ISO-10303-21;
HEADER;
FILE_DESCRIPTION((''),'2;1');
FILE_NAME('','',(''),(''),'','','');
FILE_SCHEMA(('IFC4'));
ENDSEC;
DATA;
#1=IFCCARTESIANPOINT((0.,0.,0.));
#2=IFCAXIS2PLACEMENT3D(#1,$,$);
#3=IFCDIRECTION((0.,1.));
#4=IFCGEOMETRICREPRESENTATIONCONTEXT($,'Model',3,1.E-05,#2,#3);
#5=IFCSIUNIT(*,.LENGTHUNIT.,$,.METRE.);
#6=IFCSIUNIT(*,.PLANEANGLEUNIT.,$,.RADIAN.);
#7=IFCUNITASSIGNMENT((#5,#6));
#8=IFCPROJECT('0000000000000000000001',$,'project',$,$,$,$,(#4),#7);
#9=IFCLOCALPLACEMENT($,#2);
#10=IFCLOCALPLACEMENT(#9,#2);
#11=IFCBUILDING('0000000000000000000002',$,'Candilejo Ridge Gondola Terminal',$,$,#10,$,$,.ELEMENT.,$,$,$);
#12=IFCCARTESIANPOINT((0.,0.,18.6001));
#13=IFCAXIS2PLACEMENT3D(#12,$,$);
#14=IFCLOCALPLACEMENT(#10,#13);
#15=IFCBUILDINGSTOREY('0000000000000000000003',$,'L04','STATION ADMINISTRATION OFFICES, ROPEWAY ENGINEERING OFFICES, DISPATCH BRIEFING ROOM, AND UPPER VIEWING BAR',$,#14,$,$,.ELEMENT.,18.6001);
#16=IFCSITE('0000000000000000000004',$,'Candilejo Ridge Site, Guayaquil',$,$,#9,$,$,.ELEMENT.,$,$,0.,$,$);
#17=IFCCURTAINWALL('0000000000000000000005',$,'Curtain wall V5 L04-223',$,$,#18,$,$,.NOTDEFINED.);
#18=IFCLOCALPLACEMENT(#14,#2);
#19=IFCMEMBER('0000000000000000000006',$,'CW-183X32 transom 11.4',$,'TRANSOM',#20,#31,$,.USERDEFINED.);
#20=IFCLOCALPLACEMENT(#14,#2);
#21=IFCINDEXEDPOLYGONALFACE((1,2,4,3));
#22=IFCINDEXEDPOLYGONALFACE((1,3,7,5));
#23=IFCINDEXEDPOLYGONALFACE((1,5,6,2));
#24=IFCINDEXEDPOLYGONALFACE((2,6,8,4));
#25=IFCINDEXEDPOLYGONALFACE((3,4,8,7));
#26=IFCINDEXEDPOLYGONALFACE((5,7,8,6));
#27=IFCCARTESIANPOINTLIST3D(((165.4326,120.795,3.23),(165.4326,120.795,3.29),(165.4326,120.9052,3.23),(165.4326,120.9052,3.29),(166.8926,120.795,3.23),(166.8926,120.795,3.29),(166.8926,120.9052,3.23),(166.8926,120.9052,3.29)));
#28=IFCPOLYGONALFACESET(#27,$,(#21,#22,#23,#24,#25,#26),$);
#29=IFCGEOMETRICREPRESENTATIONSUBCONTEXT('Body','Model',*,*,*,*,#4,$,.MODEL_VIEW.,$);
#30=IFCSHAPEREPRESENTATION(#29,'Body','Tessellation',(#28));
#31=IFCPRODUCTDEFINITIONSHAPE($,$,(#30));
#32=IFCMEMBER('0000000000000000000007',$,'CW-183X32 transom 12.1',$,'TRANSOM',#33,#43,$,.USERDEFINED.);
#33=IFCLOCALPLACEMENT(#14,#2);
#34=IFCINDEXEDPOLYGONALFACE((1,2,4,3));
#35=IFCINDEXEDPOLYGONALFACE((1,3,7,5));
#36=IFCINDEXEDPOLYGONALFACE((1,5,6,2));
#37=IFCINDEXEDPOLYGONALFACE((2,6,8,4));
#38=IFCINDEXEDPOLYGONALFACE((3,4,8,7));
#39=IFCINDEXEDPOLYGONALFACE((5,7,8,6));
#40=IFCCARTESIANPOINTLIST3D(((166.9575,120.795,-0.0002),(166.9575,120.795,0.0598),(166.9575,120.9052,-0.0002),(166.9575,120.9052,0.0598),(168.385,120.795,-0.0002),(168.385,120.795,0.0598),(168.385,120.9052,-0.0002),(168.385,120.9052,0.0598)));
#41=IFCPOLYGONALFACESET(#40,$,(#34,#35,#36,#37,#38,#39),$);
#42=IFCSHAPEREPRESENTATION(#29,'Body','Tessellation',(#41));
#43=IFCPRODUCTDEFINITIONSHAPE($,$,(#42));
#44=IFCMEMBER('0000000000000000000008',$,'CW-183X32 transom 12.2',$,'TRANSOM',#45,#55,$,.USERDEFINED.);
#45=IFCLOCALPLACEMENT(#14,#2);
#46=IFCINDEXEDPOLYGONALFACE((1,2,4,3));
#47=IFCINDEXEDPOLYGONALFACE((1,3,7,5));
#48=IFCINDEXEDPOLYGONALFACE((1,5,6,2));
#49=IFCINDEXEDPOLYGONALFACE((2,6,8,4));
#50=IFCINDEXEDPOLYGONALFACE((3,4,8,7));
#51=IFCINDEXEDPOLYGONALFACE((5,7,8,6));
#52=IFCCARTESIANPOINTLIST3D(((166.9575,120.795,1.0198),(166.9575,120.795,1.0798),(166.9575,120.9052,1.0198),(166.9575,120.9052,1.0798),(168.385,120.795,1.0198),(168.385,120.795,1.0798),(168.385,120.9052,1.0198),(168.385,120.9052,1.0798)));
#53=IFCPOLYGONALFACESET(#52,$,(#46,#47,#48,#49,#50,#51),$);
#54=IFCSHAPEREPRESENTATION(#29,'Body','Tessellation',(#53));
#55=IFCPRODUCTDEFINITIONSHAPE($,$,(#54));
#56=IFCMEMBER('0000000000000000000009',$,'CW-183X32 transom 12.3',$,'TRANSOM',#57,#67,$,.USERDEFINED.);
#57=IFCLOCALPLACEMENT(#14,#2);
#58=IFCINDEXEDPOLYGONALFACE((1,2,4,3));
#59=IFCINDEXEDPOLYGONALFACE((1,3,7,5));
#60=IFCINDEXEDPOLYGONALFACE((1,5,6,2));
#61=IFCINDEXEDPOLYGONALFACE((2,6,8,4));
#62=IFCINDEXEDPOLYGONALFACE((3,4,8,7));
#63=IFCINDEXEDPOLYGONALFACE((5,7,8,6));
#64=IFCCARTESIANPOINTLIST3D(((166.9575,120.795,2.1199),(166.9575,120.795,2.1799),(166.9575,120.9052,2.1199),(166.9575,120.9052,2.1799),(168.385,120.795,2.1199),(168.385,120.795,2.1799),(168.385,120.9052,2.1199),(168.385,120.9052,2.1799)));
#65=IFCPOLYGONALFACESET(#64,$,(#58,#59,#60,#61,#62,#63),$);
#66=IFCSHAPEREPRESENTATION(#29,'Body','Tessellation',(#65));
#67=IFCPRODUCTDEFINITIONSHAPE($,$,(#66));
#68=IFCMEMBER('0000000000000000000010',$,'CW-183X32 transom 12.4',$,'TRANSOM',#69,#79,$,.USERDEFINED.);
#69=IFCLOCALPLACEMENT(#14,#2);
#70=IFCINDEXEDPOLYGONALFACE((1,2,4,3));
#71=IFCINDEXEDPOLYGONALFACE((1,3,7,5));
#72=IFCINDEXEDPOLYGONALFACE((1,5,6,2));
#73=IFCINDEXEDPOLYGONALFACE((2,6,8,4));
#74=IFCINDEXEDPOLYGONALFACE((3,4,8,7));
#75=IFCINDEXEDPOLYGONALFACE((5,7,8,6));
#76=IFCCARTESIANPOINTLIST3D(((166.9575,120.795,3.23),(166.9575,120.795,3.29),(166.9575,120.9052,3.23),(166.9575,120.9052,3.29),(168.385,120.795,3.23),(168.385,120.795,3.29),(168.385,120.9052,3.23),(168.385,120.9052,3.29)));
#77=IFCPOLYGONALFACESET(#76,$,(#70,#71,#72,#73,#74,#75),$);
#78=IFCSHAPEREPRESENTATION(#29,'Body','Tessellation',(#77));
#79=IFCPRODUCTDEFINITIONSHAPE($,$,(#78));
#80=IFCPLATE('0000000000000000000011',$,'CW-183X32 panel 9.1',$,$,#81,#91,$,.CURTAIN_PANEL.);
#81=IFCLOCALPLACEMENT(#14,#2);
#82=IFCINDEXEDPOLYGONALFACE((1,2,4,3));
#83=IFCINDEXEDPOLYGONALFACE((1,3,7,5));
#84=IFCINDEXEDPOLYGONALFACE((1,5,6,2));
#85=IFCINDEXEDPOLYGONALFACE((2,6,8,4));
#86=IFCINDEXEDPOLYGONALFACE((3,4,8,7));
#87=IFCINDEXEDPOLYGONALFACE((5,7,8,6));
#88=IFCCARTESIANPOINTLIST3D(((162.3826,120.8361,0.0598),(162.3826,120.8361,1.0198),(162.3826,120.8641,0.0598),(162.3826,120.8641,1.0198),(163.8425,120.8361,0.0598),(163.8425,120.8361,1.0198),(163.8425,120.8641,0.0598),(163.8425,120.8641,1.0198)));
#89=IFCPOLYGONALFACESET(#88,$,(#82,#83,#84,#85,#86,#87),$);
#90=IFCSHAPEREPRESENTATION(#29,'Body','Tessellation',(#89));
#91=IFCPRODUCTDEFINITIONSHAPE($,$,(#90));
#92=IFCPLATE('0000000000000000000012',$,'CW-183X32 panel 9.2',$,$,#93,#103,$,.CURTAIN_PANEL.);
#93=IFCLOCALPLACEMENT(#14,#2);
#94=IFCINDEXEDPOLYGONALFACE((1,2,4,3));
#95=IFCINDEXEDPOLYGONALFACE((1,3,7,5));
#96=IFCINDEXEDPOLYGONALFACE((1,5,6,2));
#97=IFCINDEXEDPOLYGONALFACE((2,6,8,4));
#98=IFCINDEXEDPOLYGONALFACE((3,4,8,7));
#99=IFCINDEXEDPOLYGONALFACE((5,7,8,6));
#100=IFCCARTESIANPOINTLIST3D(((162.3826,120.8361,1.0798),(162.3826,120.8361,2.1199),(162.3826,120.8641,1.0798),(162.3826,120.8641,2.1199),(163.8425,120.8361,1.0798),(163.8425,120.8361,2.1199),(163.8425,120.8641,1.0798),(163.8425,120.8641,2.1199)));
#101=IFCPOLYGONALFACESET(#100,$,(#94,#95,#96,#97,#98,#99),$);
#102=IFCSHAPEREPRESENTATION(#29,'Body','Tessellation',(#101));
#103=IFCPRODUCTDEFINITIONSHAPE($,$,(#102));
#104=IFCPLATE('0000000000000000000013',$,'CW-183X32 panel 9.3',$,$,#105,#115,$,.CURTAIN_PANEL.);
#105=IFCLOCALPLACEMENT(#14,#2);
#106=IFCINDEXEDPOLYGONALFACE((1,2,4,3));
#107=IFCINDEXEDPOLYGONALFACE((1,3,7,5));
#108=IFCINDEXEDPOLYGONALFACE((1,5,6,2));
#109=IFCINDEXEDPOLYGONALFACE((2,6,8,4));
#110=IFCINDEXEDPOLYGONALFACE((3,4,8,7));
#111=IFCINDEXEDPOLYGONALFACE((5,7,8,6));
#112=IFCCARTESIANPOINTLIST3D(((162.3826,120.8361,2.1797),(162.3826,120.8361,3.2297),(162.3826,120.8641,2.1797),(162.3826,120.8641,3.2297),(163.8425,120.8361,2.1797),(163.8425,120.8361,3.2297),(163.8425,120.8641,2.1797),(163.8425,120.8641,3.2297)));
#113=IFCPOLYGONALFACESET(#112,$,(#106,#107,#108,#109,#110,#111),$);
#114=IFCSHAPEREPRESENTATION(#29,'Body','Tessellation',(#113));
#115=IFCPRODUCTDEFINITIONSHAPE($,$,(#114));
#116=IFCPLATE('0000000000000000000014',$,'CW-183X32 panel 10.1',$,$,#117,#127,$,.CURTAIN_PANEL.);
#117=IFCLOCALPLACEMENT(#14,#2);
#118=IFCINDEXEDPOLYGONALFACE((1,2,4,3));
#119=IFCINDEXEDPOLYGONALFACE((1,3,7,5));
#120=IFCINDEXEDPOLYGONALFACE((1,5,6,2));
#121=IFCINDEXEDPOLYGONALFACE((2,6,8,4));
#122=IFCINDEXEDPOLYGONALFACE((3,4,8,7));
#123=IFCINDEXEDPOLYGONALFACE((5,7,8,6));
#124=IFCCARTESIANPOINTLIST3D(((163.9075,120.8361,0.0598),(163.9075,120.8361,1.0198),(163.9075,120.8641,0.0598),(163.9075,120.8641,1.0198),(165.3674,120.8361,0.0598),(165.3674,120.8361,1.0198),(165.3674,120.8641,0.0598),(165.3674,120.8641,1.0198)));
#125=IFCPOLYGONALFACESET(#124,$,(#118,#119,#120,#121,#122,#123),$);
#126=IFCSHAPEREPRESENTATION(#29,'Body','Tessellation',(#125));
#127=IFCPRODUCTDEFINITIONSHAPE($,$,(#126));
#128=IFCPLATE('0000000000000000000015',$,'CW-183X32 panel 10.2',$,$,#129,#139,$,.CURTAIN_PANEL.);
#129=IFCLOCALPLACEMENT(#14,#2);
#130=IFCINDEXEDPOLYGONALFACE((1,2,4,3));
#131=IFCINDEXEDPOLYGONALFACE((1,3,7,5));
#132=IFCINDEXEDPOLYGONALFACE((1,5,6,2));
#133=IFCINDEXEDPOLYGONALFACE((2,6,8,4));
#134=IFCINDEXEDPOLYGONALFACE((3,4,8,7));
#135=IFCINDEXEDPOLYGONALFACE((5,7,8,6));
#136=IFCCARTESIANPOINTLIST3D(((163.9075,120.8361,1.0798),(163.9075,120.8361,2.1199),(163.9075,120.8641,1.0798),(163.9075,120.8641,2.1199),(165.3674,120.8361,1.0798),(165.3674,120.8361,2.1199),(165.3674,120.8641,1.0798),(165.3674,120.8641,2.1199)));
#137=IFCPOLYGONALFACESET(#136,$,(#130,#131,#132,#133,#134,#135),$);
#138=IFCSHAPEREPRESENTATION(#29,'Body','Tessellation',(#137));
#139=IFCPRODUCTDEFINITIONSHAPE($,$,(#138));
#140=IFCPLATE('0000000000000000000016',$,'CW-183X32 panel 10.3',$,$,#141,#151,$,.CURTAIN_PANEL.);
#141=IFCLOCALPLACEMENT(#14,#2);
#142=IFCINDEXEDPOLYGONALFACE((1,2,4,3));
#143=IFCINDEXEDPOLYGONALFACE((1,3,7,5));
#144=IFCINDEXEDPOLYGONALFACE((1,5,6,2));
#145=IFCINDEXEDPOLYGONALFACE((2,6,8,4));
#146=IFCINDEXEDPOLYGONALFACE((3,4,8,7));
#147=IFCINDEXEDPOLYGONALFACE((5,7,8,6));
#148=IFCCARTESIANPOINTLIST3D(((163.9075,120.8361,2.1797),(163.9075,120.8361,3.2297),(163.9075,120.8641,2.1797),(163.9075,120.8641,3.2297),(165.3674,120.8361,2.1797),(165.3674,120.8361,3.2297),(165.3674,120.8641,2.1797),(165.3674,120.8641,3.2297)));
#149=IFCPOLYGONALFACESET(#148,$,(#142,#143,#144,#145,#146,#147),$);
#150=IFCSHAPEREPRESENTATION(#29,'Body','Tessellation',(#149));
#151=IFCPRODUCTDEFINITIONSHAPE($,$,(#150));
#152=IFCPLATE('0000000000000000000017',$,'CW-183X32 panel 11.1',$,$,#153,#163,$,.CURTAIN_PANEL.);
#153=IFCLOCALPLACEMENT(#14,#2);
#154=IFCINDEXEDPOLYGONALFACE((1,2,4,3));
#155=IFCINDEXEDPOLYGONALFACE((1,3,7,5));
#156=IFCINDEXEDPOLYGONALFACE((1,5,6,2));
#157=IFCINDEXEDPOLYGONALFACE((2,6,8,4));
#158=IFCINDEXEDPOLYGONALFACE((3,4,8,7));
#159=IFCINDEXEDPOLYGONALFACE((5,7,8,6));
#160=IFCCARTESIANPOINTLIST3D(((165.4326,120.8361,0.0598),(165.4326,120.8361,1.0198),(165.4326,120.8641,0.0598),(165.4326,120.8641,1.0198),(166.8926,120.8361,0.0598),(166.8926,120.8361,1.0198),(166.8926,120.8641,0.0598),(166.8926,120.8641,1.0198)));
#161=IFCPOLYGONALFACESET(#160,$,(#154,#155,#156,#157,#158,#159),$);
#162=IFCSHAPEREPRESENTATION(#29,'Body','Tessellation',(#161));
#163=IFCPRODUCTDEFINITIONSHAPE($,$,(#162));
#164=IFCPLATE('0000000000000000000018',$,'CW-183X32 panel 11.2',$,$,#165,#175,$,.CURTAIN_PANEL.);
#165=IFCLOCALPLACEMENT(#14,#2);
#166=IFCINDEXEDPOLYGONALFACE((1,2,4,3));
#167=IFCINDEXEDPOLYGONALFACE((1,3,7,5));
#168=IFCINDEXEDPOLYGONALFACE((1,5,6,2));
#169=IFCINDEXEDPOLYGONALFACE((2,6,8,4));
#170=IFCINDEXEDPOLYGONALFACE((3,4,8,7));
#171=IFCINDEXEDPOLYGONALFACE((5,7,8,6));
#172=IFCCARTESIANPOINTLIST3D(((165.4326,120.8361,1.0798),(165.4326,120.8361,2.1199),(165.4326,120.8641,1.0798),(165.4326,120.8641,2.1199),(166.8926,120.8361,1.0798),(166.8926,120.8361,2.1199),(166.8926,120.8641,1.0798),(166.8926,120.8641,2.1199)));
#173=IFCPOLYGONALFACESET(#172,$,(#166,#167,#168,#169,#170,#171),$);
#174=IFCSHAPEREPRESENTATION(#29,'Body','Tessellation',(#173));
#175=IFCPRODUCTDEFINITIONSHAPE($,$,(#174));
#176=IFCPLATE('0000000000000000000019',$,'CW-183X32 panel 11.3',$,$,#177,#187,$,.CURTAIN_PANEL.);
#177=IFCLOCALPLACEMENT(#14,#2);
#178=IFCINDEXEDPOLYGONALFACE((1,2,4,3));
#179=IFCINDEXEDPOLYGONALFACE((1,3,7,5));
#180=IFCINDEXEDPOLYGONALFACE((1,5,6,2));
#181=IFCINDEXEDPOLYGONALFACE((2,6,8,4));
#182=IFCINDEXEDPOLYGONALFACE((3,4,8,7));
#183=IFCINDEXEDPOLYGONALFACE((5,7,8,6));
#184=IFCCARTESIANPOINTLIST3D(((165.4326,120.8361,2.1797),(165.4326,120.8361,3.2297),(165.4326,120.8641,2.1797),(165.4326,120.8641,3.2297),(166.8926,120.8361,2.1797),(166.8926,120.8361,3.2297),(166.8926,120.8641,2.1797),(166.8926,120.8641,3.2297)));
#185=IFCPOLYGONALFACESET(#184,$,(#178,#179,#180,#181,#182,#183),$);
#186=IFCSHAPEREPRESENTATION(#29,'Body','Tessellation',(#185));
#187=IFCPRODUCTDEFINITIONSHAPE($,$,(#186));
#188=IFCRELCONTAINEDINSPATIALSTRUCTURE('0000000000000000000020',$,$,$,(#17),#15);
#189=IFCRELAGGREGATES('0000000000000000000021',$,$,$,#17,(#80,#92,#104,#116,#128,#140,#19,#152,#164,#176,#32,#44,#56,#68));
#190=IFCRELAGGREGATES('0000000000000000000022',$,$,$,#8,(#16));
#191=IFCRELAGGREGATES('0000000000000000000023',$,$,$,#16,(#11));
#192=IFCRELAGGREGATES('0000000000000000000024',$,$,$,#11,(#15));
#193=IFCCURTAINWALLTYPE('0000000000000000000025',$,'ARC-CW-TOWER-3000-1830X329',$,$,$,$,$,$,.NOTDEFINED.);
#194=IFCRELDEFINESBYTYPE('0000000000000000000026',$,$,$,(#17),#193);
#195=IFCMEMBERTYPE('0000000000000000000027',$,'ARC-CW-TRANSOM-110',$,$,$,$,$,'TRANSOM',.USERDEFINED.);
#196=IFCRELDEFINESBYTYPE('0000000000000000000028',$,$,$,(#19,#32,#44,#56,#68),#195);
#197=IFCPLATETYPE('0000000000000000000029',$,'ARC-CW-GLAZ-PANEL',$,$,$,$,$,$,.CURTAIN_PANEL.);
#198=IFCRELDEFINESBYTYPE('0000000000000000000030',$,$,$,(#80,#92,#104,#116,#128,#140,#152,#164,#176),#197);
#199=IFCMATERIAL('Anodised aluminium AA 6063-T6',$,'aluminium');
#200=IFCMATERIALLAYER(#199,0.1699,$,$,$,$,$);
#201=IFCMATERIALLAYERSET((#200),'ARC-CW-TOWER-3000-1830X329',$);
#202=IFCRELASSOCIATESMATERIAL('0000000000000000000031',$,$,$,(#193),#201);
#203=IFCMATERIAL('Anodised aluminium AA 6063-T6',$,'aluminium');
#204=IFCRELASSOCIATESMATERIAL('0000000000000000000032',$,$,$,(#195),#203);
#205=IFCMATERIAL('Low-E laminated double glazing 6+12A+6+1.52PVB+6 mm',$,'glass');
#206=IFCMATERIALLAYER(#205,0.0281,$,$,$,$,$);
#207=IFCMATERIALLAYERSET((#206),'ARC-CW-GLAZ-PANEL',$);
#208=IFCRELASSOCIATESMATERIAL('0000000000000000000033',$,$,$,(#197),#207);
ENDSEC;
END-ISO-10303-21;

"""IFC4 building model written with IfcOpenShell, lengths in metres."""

from ifc_helpers import new_model, si_unit, direction, frame, origin, origin_2d, place, context, subcontext, project, spatial, rectangle, extrude, material, layer, layer_set, material_profile, profile_set, type_object, element, aggregate, save


model = new_model("IFC4")

# Units and contexts
model_context = context("Model", 3, precision=1e-05, world=origin(), true_north=direction((0.0, 1.0)))
body_context = subcontext(model_context, "Body", "Model", "MODEL_VIEW")
ifc_project = project(units=[si_unit("LENGTHUNIT", "METRE"), si_unit("PLANEANGLEUNIT", "RADIAN")], contexts=[model_context])

# Site, building, storey
site_placement = place(None, origin())
site = spatial("IfcSite", under=ifc_project, at=site_placement, Name="Candilejo Ridge Site, Guayaquil", CompositionType="ELEMENT", RefElevation=0.0)
building_placement = place(site_placement, origin())
building = spatial("IfcBuilding", under=site, at=building_placement, Name="Candilejo Ridge Gondola Terminal", CompositionType="ELEMENT")
storey_placement = place(building_placement, frame((0.0, 0.0, 18.6001)))
storey = spatial("IfcBuildingStorey", under=building, at=storey_placement, Name="L04", Description="STATION ADMINISTRATION OFFICES, ROPEWAY ENGINEERING OFFICES, DISPATCH BRIEFING ROOM, AND UPPER VIEWING BAR", CompositionType="ELEMENT", Elevation=18.6001)

# Curtain wall, members, plates
ifc_material_1 = material(Name="Anodised aluminium AA 6063-T6", Category="aluminium")
ifc_layer_1 = layer(ifc_material_1, 0.1699)
ifc_layer_set_1 = layer_set([ifc_layer_1], Name="ARC-CW-TOWER-3000-1830X329")
curtain_wall_type = type_object("IfcCurtainWallType", Name="ARC-CW-TOWER-3000-1830X329", PredefinedType="NOTDEFINED", material=ifc_layer_set_1)
curtain_wall_placement = place(storey_placement, origin())
curtain_wall = element("IfcCurtainWall", 1, at=curtain_wall_placement, inside=storey, type_object=curtain_wall_type, Name="Curtain wall V5 L04-223", PredefinedType="NOTDEFINED")
ifc_material_2 = material(Name="Anodised aluminium AA 6063-T6", Category="aluminium")
ifc_material_profile_1 = material_profile(ifc_material_2, rectangle(XDim=0.1101, YDim=0.0601, at=origin_2d()))
ifc_profile_set_1 = profile_set([ifc_material_profile_1], Name="Anodised aluminium AA 6063-T6")
member_type_1 = type_object("IfcMemberType", Name="ARC-CW-TRANSOM-110", ElementType="TRANSOM", PredefinedType="USERDEFINED", material=ifc_profile_set_1)
member_1_placement = place(storey_placement, frame((165.4326, 120.8501, 3.26), z_axis=(1.0, 0.0, 0.0), x_axis=(0.0, 1.0, 0.0)))
member_1 = element("IfcMember", 2, at=member_1_placement, type_object=member_type_1, Name="CW-183X32 transom 11.4", ObjectType="TRANSOM", PredefinedType="USERDEFINED", context=body_context, shape_type="SweptSolid", body=[
    extrude(rectangle(XDim=0.1101, YDim=0.0601, at=origin_2d()), origin(), (0.0, 0.0, 1.0), 1.46),
])
member_2_placement = place(storey_placement, frame((166.9575, 120.8501, 0.0298), z_axis=(1.0, 0.0, 0.0), x_axis=(0.0, 1.0, 0.0)))
member_2 = element("IfcMember", 3, at=member_2_placement, type_object=member_type_1, Name="CW-183X32 transom 12.1", ObjectType="TRANSOM", PredefinedType="USERDEFINED", context=body_context, shape_type="SweptSolid", body=[
    extrude(rectangle(XDim=0.1101, YDim=0.0601, at=origin_2d()), origin(), (0.0, 0.0, 1.0), 1.4275),
])
member_3_placement = place(storey_placement, frame((166.9575, 120.8501, 1.0498), z_axis=(1.0, 0.0, 0.0), x_axis=(0.0, 1.0, 0.0)))
member_3 = element("IfcMember", 4, at=member_3_placement, type_object=member_type_1, Name="CW-183X32 transom 12.2", ObjectType="TRANSOM", PredefinedType="USERDEFINED", context=body_context, shape_type="SweptSolid", body=[
    extrude(rectangle(XDim=0.1101, YDim=0.0601, at=origin_2d()), origin(), (0.0, 0.0, 1.0), 1.4275),
])
member_4_placement = place(storey_placement, frame((166.9575, 120.8501, 2.1499), z_axis=(1.0, 0.0, 0.0), x_axis=(0.0, 1.0, 0.0)))
member_4 = element("IfcMember", 5, at=member_4_placement, type_object=member_type_1, Name="CW-183X32 transom 12.3", ObjectType="TRANSOM", PredefinedType="USERDEFINED", context=body_context, shape_type="SweptSolid", body=[
    extrude(rectangle(XDim=0.1101, YDim=0.0601, at=origin_2d()), origin(), (0.0, 0.0, 1.0), 1.4275),
])
member_5_placement = place(storey_placement, frame((166.9575, 120.8501, 3.26), z_axis=(1.0, 0.0, 0.0), x_axis=(0.0, 1.0, 0.0)))
member_5 = element("IfcMember", 6, at=member_5_placement, type_object=member_type_1, Name="CW-183X32 transom 12.4", ObjectType="TRANSOM", PredefinedType="USERDEFINED", context=body_context, shape_type="SweptSolid", body=[
    extrude(rectangle(XDim=0.1101, YDim=0.0601, at=origin_2d()), origin(), (0.0, 0.0, 1.0), 1.4275),
])
ifc_material_3 = material(Name="Low-E laminated double glazing 6+12A+6+1.52PVB+6 mm", Category="glass")
ifc_layer_2 = layer(ifc_material_3, 0.0281)
ifc_layer_set_2 = layer_set([ifc_layer_2], Name="ARC-CW-GLAZ-PANEL")
plate_type = type_object("IfcPlateType", Name="ARC-CW-GLAZ-PANEL", PredefinedType="CURTAIN_PANEL", material=ifc_layer_set_2)
plate_1_placement = place(storey_placement, frame((163.1125, 120.8501, 0.0598), z_axis=(0.0, 0.0, 1.0), x_axis=(1.0, 0.0, 0.0)))
plate_1 = element("IfcPlate", 7, at=plate_1_placement, type_object=plate_type, Name="CW-183X32 panel 9.1", PredefinedType="CURTAIN_PANEL", context=body_context, shape_type="SweptSolid", body=[
    extrude(rectangle(XDim=1.46, YDim=0.0281, at=origin_2d()), origin(), (0.0, 0.0, 1.0), 0.96),
])
plate_2_placement = place(storey_placement, frame((163.1125, 120.8501, 1.0798), z_axis=(0.0, 0.0, 1.0), x_axis=(1.0, 0.0, 0.0)))
plate_2 = element("IfcPlate", 8, at=plate_2_placement, type_object=plate_type, Name="CW-183X32 panel 9.2", PredefinedType="CURTAIN_PANEL", context=body_context, shape_type="SweptSolid", body=[
    extrude(rectangle(XDim=1.46, YDim=0.0281, at=origin_2d()), origin(), (0.0, 0.0, 1.0), 1.04),
])
plate_3_placement = place(storey_placement, frame((163.1125, 120.8501, 2.1797), z_axis=(0.0, 0.0, 1.0), x_axis=(1.0, 0.0, 0.0)))
plate_3 = element("IfcPlate", 9, at=plate_3_placement, type_object=plate_type, Name="CW-183X32 panel 9.3", PredefinedType="CURTAIN_PANEL", context=body_context, shape_type="SweptSolid", body=[
    extrude(rectangle(XDim=1.46, YDim=0.0281, at=origin_2d()), origin(), (0.0, 0.0, 1.0), 1.05),
])
plate_4_placement = place(storey_placement, frame((164.6375, 120.8501, 0.0598), z_axis=(0.0, 0.0, 1.0), x_axis=(1.0, 0.0, 0.0)))
plate_4 = element("IfcPlate", 10, at=plate_4_placement, type_object=plate_type, Name="CW-183X32 panel 10.1", PredefinedType="CURTAIN_PANEL", context=body_context, shape_type="SweptSolid", body=[
    extrude(rectangle(XDim=1.46, YDim=0.0281, at=origin_2d()), origin(), (0.0, 0.0, 1.0), 0.96),
])
plate_5_placement = place(storey_placement, frame((164.6375, 120.8501, 1.0798), z_axis=(0.0, 0.0, 1.0), x_axis=(1.0, 0.0, 0.0)))
plate_5 = element("IfcPlate", 11, at=plate_5_placement, type_object=plate_type, Name="CW-183X32 panel 10.2", PredefinedType="CURTAIN_PANEL", context=body_context, shape_type="SweptSolid", body=[
    extrude(rectangle(XDim=1.46, YDim=0.0281, at=origin_2d()), origin(), (0.0, 0.0, 1.0), 1.04),
])
plate_6_placement = place(storey_placement, frame((164.6375, 120.8501, 2.1797), z_axis=(0.0, 0.0, 1.0), x_axis=(1.0, 0.0, 0.0)))
plate_6 = element("IfcPlate", 12, at=plate_6_placement, type_object=plate_type, Name="CW-183X32 panel 10.3", PredefinedType="CURTAIN_PANEL", context=body_context, shape_type="SweptSolid", body=[
    extrude(rectangle(XDim=1.46, YDim=0.0281, at=origin_2d()), origin(), (0.0, 0.0, 1.0), 1.05),
])
plate_7_placement = place(storey_placement, frame((166.1626, 120.8501, 0.0598), z_axis=(0.0, 0.0, 1.0), x_axis=(1.0, 0.0, 0.0)))
plate_7 = element("IfcPlate", 13, at=plate_7_placement, type_object=plate_type, Name="CW-183X32 panel 11.1", PredefinedType="CURTAIN_PANEL", context=body_context, shape_type="SweptSolid", body=[
    extrude(rectangle(XDim=1.46, YDim=0.0281, at=origin_2d()), origin(), (0.0, 0.0, 1.0), 0.96),
])
plate_8_placement = place(storey_placement, frame((166.1626, 120.8501, 1.0798), z_axis=(0.0, 0.0, 1.0), x_axis=(1.0, 0.0, 0.0)))
plate_8 = element("IfcPlate", 14, at=plate_8_placement, type_object=plate_type, Name="CW-183X32 panel 11.2", PredefinedType="CURTAIN_PANEL", context=body_context, shape_type="SweptSolid", body=[
    extrude(rectangle(XDim=1.46, YDim=0.0281, at=origin_2d()), origin(), (0.0, 0.0, 1.0), 1.04),
])
plate_9_placement = place(storey_placement, frame((166.1626, 120.8501, 2.1797), z_axis=(0.0, 0.0, 1.0), x_axis=(1.0, 0.0, 0.0)))
plate_9 = element("IfcPlate", 15, at=plate_9_placement, type_object=plate_type, Name="CW-183X32 panel 11.3", PredefinedType="CURTAIN_PANEL", context=body_context, shape_type="SweptSolid", body=[
    extrude(rectangle(XDim=1.46, YDim=0.0281, at=origin_2d()), origin(), (0.0, 0.0, 1.0), 1.05),
])
aggregate(curtain_wall, [plate_1, plate_2, plate_3, plate_4, plate_5, plate_6, member_1, plate_7, plate_8, plate_9, member_2, member_3, member_4, member_5])

save(model, "model.ifc")
